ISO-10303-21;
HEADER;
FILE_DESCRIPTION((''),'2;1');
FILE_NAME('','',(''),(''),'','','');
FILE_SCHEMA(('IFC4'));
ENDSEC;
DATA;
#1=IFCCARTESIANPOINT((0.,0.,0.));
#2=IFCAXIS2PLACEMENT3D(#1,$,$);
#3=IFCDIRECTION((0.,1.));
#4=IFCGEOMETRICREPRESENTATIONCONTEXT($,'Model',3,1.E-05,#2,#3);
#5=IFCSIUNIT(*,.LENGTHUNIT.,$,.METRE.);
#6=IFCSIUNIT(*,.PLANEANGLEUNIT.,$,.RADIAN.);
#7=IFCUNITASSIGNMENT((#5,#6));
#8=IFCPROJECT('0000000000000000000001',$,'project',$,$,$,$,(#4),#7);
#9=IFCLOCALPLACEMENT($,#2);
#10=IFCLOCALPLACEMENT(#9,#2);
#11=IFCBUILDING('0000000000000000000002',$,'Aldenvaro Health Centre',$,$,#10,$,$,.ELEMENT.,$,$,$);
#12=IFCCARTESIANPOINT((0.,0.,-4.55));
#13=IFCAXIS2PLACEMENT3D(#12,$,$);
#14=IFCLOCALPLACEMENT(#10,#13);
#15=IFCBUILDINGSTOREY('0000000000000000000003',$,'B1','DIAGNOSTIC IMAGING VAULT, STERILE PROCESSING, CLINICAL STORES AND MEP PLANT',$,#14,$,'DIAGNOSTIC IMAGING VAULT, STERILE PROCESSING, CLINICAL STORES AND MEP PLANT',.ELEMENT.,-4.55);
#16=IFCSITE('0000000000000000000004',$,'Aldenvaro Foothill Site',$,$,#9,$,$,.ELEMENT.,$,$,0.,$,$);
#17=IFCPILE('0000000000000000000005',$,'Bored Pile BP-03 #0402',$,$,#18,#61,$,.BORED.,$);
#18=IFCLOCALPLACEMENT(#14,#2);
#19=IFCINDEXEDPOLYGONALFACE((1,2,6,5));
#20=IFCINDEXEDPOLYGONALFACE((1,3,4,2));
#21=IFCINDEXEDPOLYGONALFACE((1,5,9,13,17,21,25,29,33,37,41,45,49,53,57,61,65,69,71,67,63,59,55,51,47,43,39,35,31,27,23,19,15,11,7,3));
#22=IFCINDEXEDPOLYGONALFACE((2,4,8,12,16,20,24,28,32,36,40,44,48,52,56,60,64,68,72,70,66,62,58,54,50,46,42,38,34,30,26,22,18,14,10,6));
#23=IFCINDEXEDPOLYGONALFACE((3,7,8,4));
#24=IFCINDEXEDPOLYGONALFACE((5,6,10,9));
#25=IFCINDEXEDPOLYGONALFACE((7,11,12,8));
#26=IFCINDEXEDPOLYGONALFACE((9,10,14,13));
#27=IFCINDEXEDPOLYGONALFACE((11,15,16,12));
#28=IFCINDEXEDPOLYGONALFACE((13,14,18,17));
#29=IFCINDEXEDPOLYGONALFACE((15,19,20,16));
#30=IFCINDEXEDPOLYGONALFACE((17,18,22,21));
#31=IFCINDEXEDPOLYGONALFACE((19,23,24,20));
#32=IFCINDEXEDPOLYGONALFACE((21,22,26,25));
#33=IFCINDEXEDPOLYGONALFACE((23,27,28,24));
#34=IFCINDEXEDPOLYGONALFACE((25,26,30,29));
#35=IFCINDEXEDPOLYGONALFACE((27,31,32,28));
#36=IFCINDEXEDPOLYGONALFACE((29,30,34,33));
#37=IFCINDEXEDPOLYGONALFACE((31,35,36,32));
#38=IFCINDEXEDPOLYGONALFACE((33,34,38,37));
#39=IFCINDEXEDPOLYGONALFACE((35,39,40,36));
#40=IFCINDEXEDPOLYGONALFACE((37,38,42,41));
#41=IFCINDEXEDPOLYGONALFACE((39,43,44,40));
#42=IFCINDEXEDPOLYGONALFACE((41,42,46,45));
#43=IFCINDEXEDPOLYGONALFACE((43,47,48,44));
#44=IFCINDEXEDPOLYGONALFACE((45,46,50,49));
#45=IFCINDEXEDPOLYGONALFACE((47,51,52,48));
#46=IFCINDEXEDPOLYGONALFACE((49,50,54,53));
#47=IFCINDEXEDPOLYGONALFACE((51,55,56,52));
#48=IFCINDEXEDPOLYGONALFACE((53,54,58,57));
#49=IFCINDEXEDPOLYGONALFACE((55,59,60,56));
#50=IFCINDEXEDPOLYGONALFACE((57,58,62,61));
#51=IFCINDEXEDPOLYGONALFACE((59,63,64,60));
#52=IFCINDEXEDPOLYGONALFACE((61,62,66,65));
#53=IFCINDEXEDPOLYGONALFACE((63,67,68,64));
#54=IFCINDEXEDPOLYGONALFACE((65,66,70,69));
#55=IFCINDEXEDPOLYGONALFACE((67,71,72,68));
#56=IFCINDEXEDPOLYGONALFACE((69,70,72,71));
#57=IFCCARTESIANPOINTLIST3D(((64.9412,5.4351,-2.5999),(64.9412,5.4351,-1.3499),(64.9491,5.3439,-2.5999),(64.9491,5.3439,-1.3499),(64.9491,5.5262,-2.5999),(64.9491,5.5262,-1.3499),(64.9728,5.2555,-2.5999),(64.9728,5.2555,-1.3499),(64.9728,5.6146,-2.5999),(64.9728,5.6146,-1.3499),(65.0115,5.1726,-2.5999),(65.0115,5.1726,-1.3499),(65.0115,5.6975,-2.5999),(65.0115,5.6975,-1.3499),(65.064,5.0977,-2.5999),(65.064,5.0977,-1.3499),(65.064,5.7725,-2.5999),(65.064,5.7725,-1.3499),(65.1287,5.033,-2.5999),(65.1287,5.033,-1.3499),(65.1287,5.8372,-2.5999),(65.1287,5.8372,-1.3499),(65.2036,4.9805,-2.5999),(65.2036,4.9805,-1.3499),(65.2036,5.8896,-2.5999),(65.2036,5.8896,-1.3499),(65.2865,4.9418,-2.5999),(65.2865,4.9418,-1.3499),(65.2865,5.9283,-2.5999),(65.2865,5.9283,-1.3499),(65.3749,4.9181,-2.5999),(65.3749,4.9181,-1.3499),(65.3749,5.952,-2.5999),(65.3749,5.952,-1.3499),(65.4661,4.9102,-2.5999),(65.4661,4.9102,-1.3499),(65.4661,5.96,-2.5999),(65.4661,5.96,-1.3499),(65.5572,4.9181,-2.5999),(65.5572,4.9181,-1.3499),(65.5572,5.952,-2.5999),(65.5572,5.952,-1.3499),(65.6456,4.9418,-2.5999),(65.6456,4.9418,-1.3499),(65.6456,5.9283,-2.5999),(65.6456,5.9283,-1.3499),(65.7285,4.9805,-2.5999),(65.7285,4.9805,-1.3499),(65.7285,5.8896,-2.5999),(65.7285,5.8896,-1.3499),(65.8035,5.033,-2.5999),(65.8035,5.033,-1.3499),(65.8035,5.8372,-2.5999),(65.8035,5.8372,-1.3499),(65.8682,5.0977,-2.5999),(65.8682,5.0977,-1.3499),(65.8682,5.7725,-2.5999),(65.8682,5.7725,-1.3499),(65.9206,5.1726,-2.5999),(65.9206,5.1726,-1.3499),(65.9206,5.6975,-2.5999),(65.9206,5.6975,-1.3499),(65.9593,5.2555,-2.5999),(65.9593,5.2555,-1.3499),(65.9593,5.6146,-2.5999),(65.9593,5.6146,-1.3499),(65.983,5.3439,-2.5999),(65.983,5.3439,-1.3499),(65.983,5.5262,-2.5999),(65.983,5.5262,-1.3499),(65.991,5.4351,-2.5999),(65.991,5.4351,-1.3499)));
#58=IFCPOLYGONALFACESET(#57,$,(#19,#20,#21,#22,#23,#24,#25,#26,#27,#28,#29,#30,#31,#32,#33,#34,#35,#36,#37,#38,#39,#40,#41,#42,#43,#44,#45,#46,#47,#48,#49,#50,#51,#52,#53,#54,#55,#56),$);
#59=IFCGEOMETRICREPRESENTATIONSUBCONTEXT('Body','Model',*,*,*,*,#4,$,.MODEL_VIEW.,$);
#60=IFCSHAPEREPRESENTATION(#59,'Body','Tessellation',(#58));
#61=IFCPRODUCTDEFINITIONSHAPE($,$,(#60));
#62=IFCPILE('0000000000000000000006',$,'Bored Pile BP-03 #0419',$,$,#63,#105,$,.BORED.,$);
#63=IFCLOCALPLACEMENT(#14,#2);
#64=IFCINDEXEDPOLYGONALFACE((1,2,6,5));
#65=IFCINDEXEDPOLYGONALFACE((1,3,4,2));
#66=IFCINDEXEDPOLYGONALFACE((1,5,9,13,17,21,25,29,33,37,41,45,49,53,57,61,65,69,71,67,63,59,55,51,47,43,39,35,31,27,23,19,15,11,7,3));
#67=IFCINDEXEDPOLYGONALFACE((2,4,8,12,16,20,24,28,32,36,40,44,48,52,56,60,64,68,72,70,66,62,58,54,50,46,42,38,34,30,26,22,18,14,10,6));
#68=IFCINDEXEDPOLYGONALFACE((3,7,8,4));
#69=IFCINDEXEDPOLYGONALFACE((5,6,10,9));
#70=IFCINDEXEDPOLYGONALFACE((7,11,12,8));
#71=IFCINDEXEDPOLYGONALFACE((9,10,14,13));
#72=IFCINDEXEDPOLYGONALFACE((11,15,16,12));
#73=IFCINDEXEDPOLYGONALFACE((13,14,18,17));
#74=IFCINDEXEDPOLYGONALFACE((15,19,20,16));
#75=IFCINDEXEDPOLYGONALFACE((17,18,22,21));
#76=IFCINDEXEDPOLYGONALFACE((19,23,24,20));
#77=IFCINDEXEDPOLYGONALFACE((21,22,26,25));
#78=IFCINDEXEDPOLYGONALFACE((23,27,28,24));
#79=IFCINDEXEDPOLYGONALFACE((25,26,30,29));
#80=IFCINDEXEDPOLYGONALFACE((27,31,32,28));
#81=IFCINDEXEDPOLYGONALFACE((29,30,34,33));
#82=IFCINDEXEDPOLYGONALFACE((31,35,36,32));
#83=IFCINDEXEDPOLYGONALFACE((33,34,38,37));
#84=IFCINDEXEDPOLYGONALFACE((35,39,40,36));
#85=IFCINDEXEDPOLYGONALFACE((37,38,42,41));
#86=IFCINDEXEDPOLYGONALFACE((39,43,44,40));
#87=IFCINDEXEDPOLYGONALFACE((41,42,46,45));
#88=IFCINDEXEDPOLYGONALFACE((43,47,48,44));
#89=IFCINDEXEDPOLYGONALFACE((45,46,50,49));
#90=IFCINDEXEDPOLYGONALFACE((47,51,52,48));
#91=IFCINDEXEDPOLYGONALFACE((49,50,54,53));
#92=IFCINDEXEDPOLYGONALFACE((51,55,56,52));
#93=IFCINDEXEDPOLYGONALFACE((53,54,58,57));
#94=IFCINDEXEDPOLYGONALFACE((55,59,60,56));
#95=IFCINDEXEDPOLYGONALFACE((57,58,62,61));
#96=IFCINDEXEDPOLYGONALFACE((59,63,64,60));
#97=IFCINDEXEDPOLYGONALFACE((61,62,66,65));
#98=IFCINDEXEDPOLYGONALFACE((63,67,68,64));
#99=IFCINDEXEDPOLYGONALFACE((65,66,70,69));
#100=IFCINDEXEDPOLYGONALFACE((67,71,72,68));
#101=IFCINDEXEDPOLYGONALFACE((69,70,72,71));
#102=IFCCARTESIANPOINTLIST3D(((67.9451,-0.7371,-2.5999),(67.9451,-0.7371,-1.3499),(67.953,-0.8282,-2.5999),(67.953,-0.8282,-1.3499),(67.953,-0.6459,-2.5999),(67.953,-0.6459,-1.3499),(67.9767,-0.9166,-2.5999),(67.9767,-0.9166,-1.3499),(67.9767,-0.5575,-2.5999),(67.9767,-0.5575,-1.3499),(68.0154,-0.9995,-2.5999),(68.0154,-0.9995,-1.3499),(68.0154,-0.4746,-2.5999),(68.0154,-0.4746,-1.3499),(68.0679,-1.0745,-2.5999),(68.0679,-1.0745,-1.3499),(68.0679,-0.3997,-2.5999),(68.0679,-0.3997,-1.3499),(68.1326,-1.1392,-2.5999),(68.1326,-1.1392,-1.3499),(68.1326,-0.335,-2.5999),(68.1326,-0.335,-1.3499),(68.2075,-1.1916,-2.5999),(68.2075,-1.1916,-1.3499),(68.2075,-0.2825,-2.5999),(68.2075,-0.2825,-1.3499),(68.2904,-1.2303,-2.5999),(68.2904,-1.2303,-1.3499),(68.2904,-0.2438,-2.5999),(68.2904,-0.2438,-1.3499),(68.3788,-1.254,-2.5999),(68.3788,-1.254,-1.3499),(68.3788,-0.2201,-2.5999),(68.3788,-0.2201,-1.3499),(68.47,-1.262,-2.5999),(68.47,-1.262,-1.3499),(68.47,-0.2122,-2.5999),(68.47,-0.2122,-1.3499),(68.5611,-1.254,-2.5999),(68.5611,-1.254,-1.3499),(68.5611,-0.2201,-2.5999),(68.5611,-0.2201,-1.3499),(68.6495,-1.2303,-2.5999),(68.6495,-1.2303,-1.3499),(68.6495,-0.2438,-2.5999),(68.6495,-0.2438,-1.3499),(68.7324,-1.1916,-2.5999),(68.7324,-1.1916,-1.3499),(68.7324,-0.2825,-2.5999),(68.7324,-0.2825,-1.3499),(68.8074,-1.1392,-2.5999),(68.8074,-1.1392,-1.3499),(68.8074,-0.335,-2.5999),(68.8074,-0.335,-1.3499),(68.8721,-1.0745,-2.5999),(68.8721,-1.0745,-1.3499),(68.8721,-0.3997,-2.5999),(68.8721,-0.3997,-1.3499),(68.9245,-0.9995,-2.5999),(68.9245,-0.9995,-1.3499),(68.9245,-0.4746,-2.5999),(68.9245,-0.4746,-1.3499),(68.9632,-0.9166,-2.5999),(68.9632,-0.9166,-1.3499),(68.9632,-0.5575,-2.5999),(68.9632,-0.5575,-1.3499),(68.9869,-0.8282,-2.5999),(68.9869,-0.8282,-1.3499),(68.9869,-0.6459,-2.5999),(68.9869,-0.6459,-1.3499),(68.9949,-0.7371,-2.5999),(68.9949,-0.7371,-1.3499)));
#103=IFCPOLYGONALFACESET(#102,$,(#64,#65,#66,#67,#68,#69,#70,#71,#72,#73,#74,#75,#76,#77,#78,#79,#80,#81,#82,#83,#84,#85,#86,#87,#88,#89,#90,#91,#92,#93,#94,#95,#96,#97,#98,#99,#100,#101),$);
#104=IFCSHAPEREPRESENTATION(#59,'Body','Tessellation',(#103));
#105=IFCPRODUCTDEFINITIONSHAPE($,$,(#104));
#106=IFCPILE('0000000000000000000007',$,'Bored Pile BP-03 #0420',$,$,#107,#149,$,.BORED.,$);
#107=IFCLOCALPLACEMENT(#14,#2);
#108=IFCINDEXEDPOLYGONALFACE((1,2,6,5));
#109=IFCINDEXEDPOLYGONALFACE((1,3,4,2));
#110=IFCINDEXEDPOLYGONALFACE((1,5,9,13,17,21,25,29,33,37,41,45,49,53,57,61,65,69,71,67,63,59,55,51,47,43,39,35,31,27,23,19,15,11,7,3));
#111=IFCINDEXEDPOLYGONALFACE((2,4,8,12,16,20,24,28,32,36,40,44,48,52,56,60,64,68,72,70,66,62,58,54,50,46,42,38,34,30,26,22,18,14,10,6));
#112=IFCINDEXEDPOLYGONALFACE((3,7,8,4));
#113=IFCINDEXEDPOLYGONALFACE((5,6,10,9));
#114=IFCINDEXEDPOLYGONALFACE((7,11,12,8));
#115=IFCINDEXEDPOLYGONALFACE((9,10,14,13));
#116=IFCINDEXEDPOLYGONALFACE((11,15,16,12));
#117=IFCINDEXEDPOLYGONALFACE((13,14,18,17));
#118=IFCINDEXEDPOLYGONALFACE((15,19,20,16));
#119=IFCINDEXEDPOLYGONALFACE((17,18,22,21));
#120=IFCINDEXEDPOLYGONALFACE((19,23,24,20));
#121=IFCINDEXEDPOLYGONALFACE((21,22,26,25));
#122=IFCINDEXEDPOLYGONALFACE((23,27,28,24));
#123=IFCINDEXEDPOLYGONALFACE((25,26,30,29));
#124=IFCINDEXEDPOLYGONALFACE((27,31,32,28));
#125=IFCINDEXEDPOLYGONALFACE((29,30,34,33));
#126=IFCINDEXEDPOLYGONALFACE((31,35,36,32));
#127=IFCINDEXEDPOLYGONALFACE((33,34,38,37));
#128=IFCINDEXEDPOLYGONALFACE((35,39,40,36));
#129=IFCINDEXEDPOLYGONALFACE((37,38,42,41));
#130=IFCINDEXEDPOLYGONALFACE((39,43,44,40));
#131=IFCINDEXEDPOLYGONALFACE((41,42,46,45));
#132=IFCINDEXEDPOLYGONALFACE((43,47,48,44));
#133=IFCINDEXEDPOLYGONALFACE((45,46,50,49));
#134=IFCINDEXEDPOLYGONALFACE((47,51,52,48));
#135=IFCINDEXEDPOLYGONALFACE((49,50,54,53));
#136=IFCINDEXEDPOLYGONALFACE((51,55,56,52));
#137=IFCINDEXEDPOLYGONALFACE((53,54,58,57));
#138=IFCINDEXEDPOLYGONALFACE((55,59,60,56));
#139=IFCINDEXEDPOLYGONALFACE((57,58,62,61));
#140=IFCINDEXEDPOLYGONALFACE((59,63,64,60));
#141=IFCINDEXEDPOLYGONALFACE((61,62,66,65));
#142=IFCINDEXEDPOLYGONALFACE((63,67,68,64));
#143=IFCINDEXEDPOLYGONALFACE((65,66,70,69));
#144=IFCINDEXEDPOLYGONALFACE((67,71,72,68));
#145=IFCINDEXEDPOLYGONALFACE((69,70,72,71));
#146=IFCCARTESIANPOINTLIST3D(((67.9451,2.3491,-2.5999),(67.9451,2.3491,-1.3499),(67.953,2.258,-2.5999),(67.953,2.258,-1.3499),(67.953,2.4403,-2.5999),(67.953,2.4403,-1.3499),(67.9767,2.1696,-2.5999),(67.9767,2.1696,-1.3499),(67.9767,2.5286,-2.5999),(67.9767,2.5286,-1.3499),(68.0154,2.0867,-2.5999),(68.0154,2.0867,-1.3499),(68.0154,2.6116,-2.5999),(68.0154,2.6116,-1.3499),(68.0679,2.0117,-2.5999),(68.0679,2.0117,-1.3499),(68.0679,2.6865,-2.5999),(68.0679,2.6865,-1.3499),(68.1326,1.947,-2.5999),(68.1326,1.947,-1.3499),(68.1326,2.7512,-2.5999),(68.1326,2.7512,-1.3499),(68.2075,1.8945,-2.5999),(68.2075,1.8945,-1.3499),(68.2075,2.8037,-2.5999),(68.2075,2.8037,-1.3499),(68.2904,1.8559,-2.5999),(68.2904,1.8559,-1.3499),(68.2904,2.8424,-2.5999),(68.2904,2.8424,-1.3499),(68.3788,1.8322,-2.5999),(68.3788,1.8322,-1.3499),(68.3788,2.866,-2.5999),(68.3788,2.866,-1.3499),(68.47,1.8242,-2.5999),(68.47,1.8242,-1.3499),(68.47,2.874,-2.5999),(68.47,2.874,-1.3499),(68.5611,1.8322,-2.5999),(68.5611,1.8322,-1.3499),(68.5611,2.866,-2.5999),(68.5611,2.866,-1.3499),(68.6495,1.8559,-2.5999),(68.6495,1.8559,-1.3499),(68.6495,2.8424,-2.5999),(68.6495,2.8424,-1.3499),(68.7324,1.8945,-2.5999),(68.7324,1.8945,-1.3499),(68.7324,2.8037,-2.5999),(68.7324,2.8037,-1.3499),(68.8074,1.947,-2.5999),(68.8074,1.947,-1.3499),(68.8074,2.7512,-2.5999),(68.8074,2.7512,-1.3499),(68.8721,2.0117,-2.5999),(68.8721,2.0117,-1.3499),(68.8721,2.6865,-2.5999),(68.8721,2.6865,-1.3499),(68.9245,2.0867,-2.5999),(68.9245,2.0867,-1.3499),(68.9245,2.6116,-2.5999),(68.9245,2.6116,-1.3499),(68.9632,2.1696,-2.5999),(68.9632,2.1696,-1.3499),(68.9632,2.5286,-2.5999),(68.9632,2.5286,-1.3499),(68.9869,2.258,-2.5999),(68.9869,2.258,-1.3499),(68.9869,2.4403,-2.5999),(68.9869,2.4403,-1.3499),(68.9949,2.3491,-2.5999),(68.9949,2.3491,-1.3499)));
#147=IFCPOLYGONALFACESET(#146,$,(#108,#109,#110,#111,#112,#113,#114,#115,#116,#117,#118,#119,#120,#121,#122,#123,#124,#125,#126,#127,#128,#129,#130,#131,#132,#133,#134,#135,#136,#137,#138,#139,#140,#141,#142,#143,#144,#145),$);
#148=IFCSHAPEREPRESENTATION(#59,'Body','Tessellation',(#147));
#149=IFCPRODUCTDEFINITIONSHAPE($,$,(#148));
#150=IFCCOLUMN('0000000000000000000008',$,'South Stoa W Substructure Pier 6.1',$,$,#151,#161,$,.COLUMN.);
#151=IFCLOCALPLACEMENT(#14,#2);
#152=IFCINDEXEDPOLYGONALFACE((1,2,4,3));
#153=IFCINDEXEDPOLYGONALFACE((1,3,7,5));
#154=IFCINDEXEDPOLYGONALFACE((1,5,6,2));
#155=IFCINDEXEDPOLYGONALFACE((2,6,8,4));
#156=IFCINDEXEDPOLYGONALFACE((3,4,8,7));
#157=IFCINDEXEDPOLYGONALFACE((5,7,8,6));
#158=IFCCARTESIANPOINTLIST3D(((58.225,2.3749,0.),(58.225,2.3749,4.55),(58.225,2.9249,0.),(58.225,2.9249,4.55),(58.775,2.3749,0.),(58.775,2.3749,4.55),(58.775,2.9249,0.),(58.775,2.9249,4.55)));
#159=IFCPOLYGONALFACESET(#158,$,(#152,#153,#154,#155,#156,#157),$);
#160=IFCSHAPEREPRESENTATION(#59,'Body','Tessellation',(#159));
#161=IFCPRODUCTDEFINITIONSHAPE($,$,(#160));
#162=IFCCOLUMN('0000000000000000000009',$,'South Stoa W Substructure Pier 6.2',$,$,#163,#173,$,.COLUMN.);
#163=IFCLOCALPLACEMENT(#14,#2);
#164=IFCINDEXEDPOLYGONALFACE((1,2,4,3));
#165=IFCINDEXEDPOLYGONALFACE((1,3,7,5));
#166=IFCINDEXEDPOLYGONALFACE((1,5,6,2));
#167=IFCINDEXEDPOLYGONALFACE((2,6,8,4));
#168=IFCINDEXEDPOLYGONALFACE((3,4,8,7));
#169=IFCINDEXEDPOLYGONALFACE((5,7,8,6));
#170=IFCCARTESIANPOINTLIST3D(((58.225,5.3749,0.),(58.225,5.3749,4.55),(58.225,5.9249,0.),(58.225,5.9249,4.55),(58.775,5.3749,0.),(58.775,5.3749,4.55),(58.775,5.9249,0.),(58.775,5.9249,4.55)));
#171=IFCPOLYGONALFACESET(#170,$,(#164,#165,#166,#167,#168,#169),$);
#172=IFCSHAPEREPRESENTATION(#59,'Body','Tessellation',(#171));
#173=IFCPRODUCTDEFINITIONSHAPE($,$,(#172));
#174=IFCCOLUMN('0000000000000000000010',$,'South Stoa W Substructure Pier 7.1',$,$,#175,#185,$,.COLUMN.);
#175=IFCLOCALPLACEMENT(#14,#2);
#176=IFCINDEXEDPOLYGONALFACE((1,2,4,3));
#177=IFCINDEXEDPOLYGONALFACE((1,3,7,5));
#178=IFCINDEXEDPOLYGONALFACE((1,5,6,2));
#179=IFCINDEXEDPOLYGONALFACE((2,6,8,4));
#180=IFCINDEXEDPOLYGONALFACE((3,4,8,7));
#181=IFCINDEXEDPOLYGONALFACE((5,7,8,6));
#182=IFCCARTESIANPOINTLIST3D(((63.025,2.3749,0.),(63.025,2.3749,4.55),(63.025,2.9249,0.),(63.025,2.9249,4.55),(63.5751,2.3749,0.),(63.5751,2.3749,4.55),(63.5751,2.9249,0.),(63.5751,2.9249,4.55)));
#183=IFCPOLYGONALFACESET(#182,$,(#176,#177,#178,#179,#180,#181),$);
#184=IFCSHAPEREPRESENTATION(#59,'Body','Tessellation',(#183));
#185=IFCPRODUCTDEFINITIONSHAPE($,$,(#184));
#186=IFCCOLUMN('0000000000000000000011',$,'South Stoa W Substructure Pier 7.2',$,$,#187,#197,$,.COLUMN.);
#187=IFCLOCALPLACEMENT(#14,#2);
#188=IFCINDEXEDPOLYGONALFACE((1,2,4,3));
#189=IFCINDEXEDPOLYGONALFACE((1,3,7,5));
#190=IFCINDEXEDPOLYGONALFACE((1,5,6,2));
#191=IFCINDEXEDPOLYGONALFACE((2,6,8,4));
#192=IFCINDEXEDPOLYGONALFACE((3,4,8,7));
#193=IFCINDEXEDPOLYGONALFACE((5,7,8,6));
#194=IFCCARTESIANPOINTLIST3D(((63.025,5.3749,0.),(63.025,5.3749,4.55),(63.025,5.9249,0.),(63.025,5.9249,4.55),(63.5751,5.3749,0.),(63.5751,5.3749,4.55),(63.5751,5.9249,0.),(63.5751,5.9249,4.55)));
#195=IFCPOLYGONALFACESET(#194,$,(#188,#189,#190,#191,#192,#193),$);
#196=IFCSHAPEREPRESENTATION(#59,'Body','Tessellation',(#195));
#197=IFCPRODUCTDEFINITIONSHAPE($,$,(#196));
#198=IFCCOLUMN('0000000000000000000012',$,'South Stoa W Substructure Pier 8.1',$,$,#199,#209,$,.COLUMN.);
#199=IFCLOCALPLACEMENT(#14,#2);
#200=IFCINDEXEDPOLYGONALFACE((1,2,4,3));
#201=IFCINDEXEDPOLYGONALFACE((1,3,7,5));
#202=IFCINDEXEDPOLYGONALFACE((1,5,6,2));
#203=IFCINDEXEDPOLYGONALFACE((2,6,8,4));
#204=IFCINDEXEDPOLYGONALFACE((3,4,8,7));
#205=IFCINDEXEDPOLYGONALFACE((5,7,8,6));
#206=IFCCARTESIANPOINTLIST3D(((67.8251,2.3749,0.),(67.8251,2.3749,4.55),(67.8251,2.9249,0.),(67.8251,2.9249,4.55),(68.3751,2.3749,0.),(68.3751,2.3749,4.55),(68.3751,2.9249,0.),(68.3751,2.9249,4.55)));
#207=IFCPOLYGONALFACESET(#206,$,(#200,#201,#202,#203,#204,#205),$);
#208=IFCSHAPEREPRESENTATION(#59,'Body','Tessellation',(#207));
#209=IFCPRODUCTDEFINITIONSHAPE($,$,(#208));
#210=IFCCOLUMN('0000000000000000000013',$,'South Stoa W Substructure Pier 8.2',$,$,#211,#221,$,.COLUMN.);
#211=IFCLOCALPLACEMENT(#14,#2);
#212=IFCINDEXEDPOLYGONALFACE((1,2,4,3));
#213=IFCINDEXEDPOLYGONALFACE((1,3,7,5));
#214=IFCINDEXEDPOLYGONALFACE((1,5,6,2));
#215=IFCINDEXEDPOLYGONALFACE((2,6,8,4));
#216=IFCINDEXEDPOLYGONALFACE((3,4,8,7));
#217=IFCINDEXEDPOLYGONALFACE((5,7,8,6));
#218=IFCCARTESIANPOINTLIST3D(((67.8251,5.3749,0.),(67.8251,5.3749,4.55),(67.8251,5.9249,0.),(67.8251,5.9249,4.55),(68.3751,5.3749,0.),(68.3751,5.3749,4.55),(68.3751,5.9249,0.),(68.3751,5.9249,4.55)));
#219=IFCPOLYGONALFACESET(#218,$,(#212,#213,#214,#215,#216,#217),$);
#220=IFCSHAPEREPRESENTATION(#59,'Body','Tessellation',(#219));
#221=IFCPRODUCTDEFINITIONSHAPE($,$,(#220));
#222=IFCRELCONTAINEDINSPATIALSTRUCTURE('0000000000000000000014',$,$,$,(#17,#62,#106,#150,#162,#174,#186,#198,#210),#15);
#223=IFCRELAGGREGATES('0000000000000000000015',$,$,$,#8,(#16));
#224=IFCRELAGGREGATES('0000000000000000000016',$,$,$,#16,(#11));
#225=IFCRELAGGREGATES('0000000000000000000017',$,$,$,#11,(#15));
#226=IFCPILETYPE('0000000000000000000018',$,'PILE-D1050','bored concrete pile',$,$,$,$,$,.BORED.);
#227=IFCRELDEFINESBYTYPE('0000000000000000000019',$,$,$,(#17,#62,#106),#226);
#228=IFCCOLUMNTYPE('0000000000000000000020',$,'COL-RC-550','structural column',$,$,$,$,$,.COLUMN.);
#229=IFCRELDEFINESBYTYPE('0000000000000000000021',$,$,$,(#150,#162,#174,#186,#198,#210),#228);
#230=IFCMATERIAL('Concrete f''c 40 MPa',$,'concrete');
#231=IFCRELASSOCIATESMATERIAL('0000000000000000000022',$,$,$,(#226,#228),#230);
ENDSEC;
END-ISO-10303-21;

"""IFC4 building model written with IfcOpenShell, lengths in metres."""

from ifc_helpers import new_model, si_unit, direction, frame, origin, origin_2d, place, context, subcontext, project, spatial, rectangle, circle, extrude, material, material_profile, profile_set, type_object, element, save


model = new_model("IFC4")

# Units and contexts
model_context = context("Model", 3, precision=1e-05, world=origin(), true_north=direction((0.0, 1.0)))
body_context = subcontext(model_context, "Body", "Model", "MODEL_VIEW")
ifc_project = project(units=[si_unit("LENGTHUNIT", "METRE"), si_unit("PLANEANGLEUNIT", "RADIAN")], contexts=[model_context])

# Site, building, storey
site_placement = place(None, origin())
site = spatial("IfcSite", under=ifc_project, at=site_placement, Name="Aldenvaro Foothill Site", CompositionType="ELEMENT", RefElevation=0.0)
building_placement = place(site_placement, origin())
building = spatial("IfcBuilding", under=site, at=building_placement, Name="Aldenvaro Health Centre", CompositionType="ELEMENT")
storey_placement = place(building_placement, frame((0.0, 0.0, -4.55)))
storey = spatial("IfcBuildingStorey", under=building, at=storey_placement, Name="B1", Description="DIAGNOSTIC IMAGING VAULT, STERILE PROCESSING, CLINICAL STORES AND MEP PLANT", LongName="DIAGNOSTIC IMAGING VAULT, STERILE PROCESSING, CLINICAL STORES AND MEP PLANT", CompositionType="ELEMENT", Elevation=-4.55)

# Piles
ifc_material = material(Name="Concrete f'c 40 MPa", Category="concrete")
ifc_material_profile_1 = material_profile(ifc_material, circle(Radius=0.5249, at=origin_2d()), Name="PILE D1050", Category="concrete")
ifc_profile_set_1 = profile_set([ifc_material_profile_1], Name="Concrete f'c 40 MPa")
pile_type = type_object("IfcPileType", Name="PILE-D1050", Description="bored concrete pile", PredefinedType="BORED", material=ifc_profile_set_1)
for number, where, z_axis, x_axis, name in (
    (1, (65.4661, 5.4351, -1.3499), (0.0, 0.0, -1.0), (1.0, 0.0, 0.0), "Bored Pile BP-03 #0402"),
    (2, (68.47, -0.7371, -1.3499), (0.0, 0.0, -1.0), (1.0, 0.0, 0.0), "Bored Pile BP-03 #0419"),
    (3, (68.47, 2.3491, -1.3499), (0.0, 0.0, -1.0), (1.0, 0.0, 0.0), "Bored Pile BP-03 #0420"),
):
    element("IfcPile", number, at=place(storey_placement, frame(where, z_axis=z_axis, x_axis=x_axis)), inside=storey, type_object=pile_type, Name=name, PredefinedType="BORED", context=body_context, shape_type="SweptSolid", body=[
        extrude(circle(Radius=0.5249, at=origin_2d()), origin(), (0.0, 0.0, 1.0), 1.25),
    ])

# Columns
ifc_material_profile_2 = material_profile(ifc_material, rectangle(XDim=0.55, YDim=0.55, at=origin_2d()), Name="RC 550x550", Category="concrete")
ifc_profile_set_2 = profile_set([ifc_material_profile_2], Name="Concrete f'c 40 MPa")
column_type = type_object("IfcColumnType", Name="COL-RC-550", Description="structural column", PredefinedType="COLUMN", material=ifc_profile_set_2)
for number, where, z_axis, x_axis, name in (
    (4, (58.5, 2.6499, 0.0), (0.0, 0.0, 1.0), (1.0, 0.0, 0.0), "South Stoa W Substructure Pier 6.1"),
    (5, (58.5, 5.6499, 0.0), (0.0, 0.0, 1.0), (1.0, 0.0, 0.0), "South Stoa W Substructure Pier 6.2"),
    (6, (63.3, 2.6499, 0.0), (0.0, 0.0, 1.0), (1.0, 0.0, 0.0), "South Stoa W Substructure Pier 7.1"),
    (7, (63.3, 5.6499, 0.0), (0.0, 0.0, 1.0), (1.0, 0.0, 0.0), "South Stoa W Substructure Pier 7.2"),
    (8, (68.1001, 2.6499, 0.0), (0.0, 0.0, 1.0), (1.0, 0.0, 0.0), "South Stoa W Substructure Pier 8.1"),
    (9, (68.1001, 5.6499, 0.0), (0.0, 0.0, 1.0), (1.0, 0.0, 0.0), "South Stoa W Substructure Pier 8.2"),
):
    element("IfcColumn", number, at=place(storey_placement, frame(where, z_axis=z_axis, x_axis=x_axis)), inside=storey, type_object=column_type, Name=name, PredefinedType="COLUMN", context=body_context, shape_type="SweptSolid", body=[
        extrude(rectangle(XDim=0.55, YDim=0.55, at=origin_2d()), origin(), (0.0, 0.0, 1.0), 4.55),
    ])

save(model, "model.ifc")
